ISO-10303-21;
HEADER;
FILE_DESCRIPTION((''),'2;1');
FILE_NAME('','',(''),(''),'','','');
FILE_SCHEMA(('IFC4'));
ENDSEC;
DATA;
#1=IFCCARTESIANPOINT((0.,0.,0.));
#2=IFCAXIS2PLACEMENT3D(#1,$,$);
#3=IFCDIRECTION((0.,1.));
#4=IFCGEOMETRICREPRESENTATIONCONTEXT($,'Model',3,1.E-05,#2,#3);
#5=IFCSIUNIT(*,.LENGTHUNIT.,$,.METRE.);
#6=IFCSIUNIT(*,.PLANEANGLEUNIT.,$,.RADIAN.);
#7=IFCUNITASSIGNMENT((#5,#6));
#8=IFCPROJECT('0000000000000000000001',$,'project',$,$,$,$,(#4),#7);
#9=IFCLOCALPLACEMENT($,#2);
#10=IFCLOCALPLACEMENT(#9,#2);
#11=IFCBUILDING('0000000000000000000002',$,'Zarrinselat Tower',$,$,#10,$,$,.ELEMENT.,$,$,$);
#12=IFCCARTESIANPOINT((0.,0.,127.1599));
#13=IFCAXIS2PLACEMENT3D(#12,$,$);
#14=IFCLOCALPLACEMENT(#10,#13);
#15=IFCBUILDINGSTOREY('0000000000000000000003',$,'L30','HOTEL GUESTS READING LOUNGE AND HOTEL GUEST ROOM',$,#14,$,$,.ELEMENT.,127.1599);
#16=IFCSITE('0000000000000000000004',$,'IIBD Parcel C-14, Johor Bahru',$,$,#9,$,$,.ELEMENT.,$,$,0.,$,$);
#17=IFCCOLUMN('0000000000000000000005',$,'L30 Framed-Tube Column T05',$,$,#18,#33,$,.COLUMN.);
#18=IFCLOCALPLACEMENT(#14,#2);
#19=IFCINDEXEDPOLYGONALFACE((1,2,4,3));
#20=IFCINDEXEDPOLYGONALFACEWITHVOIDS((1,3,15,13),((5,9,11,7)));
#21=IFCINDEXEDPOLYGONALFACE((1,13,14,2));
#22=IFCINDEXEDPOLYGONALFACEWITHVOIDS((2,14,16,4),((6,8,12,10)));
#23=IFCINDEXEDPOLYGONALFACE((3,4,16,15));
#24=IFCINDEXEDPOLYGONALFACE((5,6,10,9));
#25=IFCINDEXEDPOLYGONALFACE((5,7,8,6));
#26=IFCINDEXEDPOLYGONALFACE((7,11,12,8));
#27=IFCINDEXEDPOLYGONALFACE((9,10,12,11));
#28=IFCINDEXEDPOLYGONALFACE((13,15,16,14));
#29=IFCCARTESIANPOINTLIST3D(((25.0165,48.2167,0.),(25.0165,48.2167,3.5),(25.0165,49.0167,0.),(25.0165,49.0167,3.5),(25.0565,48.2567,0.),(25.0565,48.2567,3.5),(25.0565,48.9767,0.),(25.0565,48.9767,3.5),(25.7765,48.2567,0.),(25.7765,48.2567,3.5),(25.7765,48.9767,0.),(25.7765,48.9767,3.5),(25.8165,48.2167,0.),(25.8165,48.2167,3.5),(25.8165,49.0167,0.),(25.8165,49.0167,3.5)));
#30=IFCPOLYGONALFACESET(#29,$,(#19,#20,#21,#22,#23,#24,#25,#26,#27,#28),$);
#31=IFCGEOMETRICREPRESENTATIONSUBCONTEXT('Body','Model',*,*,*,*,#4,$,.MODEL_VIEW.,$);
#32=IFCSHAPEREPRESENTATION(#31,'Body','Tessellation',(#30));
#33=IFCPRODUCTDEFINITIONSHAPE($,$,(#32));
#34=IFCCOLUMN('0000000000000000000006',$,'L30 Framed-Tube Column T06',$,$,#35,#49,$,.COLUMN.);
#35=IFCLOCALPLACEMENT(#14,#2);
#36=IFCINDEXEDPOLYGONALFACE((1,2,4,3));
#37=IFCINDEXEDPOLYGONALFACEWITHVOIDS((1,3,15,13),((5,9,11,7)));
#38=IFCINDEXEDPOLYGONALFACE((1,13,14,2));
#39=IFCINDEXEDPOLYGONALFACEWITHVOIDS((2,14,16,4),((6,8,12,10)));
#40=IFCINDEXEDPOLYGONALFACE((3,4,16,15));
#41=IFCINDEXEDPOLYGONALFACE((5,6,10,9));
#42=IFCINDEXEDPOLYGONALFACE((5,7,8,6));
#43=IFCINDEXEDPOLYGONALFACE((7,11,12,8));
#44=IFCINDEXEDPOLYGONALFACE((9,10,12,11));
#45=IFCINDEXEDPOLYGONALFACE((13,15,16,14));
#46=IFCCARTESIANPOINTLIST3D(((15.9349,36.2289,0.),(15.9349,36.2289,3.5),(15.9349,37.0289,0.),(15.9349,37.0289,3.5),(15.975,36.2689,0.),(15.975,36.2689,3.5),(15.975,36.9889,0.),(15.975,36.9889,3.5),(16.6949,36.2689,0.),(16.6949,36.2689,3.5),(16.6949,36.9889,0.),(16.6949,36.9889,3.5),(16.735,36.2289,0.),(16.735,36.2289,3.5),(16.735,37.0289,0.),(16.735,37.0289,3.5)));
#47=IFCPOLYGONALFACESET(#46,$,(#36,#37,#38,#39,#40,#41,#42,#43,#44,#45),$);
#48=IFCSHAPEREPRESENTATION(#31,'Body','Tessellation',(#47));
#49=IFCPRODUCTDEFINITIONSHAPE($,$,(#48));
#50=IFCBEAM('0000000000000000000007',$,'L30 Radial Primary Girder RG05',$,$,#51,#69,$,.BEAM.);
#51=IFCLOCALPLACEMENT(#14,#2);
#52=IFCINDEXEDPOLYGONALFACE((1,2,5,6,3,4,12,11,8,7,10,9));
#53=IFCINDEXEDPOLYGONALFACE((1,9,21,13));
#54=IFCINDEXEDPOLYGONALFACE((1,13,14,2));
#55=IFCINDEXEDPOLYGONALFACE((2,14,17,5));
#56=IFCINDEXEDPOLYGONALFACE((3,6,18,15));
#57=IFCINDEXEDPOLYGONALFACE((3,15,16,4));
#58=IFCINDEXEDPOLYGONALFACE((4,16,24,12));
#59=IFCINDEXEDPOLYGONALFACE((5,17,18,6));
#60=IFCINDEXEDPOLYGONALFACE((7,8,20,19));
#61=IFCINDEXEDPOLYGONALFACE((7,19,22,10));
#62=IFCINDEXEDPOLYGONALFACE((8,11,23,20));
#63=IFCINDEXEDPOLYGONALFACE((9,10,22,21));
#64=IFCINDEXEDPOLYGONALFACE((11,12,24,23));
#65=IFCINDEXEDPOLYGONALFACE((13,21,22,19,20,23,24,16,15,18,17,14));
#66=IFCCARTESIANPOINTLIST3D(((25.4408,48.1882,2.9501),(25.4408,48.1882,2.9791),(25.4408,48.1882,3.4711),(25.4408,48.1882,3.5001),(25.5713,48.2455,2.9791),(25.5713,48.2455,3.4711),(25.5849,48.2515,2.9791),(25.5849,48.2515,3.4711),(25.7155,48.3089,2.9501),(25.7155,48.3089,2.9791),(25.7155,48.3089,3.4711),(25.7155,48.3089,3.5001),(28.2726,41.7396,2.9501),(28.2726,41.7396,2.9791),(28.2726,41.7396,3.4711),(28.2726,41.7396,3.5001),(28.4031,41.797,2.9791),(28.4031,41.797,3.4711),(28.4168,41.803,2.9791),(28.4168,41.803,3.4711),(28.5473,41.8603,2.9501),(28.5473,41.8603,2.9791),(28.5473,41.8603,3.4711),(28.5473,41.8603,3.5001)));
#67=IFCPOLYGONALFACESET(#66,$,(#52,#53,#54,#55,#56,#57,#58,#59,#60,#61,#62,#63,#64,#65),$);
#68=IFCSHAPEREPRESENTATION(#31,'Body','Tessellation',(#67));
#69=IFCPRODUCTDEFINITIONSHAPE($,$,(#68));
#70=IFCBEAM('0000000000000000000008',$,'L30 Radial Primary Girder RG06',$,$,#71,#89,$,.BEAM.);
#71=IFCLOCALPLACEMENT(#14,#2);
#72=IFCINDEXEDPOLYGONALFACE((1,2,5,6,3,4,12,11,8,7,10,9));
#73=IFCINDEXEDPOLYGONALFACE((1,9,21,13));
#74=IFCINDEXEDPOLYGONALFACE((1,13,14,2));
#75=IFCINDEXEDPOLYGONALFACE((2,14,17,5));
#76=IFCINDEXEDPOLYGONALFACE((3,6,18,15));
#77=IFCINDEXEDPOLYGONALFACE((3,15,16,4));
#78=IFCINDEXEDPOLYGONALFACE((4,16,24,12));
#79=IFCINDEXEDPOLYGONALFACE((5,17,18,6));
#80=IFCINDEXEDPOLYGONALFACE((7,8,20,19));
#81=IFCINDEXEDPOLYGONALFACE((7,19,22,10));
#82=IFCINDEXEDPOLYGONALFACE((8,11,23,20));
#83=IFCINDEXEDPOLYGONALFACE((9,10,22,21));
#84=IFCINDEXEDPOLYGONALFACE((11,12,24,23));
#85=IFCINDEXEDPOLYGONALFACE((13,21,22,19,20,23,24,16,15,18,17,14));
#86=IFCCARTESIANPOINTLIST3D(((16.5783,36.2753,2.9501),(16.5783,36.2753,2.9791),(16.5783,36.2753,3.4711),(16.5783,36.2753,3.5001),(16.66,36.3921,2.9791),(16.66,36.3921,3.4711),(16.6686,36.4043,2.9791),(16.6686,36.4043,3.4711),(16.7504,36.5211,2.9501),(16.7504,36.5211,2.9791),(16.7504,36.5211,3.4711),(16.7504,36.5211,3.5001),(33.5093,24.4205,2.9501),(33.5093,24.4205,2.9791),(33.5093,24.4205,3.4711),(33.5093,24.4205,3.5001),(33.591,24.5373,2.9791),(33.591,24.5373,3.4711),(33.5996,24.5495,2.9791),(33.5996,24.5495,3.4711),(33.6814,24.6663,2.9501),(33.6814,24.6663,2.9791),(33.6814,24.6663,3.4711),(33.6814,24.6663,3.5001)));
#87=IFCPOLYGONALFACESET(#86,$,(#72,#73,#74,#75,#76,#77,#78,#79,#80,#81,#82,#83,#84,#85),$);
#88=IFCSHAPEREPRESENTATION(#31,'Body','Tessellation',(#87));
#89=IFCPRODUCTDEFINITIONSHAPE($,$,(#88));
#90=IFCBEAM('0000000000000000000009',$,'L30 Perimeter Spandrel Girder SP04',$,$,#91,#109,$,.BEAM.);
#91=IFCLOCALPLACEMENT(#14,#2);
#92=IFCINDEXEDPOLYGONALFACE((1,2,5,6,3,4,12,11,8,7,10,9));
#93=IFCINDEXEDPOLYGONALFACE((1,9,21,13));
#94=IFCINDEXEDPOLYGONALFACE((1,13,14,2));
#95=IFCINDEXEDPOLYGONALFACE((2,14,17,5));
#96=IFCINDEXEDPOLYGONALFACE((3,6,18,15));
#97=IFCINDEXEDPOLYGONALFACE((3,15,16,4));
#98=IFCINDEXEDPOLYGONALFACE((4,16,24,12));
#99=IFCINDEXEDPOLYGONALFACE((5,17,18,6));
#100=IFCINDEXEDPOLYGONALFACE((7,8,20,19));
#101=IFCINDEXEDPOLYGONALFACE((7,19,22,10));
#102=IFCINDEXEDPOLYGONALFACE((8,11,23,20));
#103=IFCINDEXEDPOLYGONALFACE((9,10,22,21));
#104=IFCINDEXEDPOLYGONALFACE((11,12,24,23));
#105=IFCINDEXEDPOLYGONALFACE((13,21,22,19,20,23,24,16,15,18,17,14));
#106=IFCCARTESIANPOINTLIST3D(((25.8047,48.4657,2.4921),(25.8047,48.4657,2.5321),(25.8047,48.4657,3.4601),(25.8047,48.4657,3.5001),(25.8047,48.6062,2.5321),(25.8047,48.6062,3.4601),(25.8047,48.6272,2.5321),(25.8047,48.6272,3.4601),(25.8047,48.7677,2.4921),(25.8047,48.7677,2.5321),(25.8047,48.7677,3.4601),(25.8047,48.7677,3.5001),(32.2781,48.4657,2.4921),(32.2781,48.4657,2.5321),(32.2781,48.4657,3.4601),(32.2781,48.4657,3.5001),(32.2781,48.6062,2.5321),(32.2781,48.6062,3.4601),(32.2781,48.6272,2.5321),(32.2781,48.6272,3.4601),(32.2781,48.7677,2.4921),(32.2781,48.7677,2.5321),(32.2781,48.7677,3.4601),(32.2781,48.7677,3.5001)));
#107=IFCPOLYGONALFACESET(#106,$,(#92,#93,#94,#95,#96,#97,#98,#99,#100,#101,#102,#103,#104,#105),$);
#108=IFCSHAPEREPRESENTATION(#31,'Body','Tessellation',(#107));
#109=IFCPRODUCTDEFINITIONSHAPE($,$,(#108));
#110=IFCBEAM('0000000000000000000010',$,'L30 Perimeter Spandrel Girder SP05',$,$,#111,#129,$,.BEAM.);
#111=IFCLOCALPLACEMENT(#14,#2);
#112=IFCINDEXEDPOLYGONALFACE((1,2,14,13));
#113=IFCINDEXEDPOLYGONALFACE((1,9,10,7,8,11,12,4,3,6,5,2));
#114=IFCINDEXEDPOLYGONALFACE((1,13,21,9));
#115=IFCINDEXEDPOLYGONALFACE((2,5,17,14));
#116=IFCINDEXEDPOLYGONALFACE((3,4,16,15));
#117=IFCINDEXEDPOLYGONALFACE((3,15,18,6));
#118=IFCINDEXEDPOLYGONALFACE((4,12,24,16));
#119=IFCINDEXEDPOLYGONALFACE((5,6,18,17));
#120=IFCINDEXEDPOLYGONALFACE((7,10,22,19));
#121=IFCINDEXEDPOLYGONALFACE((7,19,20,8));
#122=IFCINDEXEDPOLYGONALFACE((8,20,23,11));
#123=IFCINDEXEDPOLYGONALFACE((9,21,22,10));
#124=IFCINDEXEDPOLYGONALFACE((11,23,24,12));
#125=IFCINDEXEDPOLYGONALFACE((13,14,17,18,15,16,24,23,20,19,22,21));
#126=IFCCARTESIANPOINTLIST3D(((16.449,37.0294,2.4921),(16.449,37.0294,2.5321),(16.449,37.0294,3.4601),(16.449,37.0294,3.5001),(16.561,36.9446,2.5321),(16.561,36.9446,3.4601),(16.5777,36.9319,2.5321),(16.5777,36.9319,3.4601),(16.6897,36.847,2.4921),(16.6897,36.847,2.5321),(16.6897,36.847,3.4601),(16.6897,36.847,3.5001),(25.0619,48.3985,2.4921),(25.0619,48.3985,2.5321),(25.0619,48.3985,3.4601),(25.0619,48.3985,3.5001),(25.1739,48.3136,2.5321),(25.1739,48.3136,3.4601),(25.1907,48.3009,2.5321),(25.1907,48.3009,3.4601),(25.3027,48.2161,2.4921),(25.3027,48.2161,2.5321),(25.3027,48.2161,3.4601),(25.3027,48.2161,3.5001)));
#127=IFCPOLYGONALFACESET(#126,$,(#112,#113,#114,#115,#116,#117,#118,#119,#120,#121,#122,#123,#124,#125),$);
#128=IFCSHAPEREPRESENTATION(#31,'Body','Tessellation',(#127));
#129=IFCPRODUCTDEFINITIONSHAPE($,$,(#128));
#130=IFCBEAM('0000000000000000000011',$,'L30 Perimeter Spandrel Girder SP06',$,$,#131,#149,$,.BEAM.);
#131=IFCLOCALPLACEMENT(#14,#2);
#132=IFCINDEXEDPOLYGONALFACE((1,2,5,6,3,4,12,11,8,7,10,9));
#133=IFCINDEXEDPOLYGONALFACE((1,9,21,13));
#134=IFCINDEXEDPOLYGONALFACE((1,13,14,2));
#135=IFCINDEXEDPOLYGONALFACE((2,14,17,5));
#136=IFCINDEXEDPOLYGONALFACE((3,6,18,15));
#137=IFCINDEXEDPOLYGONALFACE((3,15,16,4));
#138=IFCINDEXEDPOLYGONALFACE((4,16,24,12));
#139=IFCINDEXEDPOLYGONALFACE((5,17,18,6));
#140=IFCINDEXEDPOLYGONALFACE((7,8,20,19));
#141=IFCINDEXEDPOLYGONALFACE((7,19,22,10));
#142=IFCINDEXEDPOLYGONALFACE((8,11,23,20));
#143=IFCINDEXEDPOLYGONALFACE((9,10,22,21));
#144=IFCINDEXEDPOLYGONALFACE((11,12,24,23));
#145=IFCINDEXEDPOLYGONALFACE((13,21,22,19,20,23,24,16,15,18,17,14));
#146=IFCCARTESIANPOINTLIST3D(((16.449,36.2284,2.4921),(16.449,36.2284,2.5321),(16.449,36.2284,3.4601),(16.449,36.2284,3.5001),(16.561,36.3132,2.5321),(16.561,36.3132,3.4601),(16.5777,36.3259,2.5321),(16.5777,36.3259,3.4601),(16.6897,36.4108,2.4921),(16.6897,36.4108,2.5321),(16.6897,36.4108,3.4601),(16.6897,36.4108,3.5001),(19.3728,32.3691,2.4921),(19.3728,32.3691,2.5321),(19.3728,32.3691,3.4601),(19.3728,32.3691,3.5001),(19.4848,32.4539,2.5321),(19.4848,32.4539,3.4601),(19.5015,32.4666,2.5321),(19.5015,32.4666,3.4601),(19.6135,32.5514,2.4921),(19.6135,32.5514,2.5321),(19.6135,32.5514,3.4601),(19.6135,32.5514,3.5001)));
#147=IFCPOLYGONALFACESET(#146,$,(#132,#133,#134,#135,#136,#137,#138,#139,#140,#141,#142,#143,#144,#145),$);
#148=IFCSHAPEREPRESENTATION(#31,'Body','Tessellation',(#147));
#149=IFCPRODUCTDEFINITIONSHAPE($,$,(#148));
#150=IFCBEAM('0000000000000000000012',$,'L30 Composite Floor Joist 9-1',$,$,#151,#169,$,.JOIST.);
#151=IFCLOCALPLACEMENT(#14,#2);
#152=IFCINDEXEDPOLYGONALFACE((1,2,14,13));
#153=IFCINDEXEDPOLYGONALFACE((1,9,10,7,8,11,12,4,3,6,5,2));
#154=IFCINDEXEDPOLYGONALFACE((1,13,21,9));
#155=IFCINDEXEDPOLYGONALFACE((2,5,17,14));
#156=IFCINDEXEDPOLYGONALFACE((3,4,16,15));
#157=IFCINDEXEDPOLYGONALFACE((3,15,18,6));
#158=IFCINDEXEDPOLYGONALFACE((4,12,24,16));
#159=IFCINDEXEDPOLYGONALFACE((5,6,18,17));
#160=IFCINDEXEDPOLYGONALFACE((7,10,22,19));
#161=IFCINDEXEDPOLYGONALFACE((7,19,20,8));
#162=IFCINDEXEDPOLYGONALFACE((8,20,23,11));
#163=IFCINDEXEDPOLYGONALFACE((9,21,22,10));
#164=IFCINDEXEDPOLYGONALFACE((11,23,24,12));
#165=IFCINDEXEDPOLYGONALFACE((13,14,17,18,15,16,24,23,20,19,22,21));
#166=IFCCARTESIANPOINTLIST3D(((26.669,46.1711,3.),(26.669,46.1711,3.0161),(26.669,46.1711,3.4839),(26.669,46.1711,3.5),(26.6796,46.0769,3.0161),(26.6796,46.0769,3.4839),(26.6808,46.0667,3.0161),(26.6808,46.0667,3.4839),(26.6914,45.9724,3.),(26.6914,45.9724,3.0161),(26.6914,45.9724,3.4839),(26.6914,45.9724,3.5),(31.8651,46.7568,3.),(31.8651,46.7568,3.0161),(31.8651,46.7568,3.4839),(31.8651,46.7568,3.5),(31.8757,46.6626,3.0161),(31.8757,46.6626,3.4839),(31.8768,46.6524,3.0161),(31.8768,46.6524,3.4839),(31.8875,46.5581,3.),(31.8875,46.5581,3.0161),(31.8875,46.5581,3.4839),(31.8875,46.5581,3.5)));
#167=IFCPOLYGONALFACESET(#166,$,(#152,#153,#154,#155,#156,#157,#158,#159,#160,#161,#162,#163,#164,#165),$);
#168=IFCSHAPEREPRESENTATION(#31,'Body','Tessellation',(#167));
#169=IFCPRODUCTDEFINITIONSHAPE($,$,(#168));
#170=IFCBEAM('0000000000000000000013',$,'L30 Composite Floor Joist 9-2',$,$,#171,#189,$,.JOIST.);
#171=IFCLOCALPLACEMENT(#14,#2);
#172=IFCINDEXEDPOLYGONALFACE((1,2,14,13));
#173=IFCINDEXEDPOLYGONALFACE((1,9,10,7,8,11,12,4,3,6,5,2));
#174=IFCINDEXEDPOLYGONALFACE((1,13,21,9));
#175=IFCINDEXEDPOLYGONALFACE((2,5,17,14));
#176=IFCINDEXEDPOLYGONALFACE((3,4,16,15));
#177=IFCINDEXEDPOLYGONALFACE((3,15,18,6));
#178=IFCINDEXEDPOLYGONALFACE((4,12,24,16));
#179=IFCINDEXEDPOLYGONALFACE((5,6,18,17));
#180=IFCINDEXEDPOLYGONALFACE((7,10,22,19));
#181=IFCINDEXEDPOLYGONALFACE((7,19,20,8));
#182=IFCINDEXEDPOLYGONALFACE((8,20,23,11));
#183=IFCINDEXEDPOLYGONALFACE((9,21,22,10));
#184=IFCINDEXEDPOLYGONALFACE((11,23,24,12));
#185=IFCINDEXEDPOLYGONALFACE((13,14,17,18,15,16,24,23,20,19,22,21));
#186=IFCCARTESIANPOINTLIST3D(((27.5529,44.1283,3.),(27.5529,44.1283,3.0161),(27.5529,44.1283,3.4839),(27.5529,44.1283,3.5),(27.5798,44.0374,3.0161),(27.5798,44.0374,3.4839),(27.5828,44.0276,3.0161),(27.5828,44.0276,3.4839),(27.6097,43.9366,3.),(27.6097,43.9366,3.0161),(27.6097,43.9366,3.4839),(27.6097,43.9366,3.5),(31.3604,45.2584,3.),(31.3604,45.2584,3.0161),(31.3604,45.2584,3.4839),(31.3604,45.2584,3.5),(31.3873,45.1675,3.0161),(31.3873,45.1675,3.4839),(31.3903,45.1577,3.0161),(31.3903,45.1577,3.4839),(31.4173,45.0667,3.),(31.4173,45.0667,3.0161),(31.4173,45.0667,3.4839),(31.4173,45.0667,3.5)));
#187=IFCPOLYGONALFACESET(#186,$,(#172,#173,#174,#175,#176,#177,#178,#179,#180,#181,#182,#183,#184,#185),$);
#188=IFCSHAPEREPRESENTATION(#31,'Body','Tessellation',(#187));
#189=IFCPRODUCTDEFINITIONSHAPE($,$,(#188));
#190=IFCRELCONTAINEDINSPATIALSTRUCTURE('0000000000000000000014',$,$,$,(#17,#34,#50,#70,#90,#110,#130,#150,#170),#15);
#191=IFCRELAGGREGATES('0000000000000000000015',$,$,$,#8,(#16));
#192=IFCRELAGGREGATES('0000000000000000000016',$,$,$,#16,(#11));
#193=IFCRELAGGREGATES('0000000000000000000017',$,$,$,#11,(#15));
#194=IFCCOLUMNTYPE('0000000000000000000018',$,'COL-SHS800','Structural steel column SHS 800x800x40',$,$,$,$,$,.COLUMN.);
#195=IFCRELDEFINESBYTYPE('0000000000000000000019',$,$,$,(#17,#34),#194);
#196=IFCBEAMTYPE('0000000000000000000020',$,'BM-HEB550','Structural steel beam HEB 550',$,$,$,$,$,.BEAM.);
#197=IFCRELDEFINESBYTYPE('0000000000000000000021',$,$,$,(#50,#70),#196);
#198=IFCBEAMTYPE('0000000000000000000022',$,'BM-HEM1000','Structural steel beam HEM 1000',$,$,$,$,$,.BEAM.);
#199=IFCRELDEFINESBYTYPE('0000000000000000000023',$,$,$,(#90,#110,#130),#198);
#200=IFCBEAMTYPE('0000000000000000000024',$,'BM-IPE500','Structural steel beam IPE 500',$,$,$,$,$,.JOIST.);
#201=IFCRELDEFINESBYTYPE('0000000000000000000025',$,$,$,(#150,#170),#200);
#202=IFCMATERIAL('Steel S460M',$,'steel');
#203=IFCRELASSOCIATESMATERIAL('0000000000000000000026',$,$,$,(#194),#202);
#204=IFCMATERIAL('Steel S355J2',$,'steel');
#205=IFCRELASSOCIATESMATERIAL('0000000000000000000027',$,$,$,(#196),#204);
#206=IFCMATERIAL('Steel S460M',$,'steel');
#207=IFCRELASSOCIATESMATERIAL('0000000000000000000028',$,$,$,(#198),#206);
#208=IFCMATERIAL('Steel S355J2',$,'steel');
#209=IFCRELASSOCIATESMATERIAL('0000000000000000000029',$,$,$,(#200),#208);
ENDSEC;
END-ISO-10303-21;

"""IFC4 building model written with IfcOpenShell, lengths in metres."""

from ifc_helpers import new_model, si_unit, direction, frame, origin, origin_2d, place, context, subcontext, project, spatial, hollow_rectangle, i_section, extrude, material, material_profile, profile_set, type_object, element, save


model = new_model("IFC4")

# Units and contexts
model_context = context("Model", 3, precision=1e-05, world=origin(), true_north=direction((0.0, 1.0)))
body_context = subcontext(model_context, "Body", "Model", "MODEL_VIEW")
ifc_project = project(units=[si_unit("LENGTHUNIT", "METRE"), si_unit("PLANEANGLEUNIT", "RADIAN")], contexts=[model_context])

# Site, building, storey
site_placement = place(None, origin())
site = spatial("IfcSite", under=ifc_project, at=site_placement, Name="IIBD Parcel C-14, Johor Bahru", CompositionType="ELEMENT", RefElevation=0.0)
building_placement = place(site_placement, origin())
building = spatial("IfcBuilding", under=site, at=building_placement, Name="Zarrinselat Tower", CompositionType="ELEMENT")
storey_placement = place(building_placement, frame((0.0, 0.0, 127.1599)))
storey = spatial("IfcBuildingStorey", under=building, at=storey_placement, Name="L30", Description="HOTEL GUESTS READING LOUNGE AND HOTEL GUEST ROOM", CompositionType="ELEMENT", Elevation=127.1599)

# Columns
ifc_material_1 = material(Name="Steel S460M", Category="steel")
ifc_material_profile_1 = material_profile(ifc_material_1, hollow_rectangle(XDim=0.8, YDim=0.8, WallThickness=0.04, at=origin_2d()), Name="SHS 800x800x40")
ifc_profile_set_1 = profile_set([ifc_material_profile_1], Name="Steel S460M")
column_type = type_object("IfcColumnType", Name="COL-SHS800", Description="Structural steel column SHS 800x800x40", PredefinedType="COLUMN", material=ifc_profile_set_1)
for number, where, z_axis, x_axis, name in (
    (1, (25.4165, 48.6167, 0.0), (0.0, 0.0, 1.0), (1.0, 0.0, 0.0), "L30 Framed-Tube Column T05"),
    (2, (16.335, 36.6289, 0.0), (0.0, 0.0, 1.0), (1.0, 0.0, 0.0), "L30 Framed-Tube Column T06"),
):
    element("IfcColumn", number, at=place(storey_placement, frame(where, z_axis=z_axis, x_axis=x_axis)), inside=storey, type_object=column_type, Name=name, PredefinedType="COLUMN", context=body_context, shape_type="SweptSolid", body=[
        extrude(hollow_rectangle(XDim=0.8, YDim=0.8, WallThickness=0.04, at=origin_2d()), origin(), (0.0, 0.0, 1.0), 3.5),
    ])

# Beams
ifc_material_2 = material(Name="Steel S355J2", Category="steel")
ifc_material_profile_2 = material_profile(ifc_material_2, i_section(OverallWidth=0.3, OverallDepth=0.55, WebThickness=0.0149, FlangeThickness=0.0291, at=origin_2d()), Name="HEB 550")
ifc_profile_set_2 = profile_set([ifc_material_profile_2], Name="Steel S355J2")
beam_type_1 = type_object("IfcBeamType", Name="BM-HEB550", Description="Structural steel beam HEB 550", PredefinedType="BEAM", material=ifc_profile_set_2)
beam_1_placement = place(storey_placement, frame((25.5781, 48.2485, 3.2251), z_axis=(0.402079, -0.915605, 0.0), x_axis=(0.915605, 0.402079, 0.0)))
element("IfcBeam", 3, at=beam_1_placement, inside=storey, type_object=beam_type_1, Name="L30 Radial Primary Girder RG05", PredefinedType="BEAM", context=body_context, shape_type="SweptSolid", body=[
    extrude(i_section(OverallWidth=0.3, OverallDepth=0.55, WebThickness=0.0149, FlangeThickness=0.0291, at=origin_2d()), origin(), (0.0, 0.0, 1.0), 7.043),
])
beam_2_placement = place(storey_placement, frame((16.6643, 36.3982, 3.2251), z_axis=(0.819161, -0.573563, 0.0), x_axis=(0.573563, 0.819161, 0.0)))
element("IfcBeam", 4, at=beam_2_placement, inside=storey, type_object=beam_type_1, Name="L30 Radial Primary Girder RG06", PredefinedType="BEAM", context=body_context, shape_type="SweptSolid", body=[
    extrude(i_section(OverallWidth=0.3, OverallDepth=0.55, WebThickness=0.0149, FlangeThickness=0.0291, at=origin_2d()), origin(), (0.0, 0.0, 1.0), 20.6687),
])
ifc_material_3 = material(Name="Steel S460M", Category="steel")
ifc_material_profile_3 = material_profile(ifc_material_3, i_section(OverallWidth=0.302, OverallDepth=1.0081, WebThickness=0.021, FlangeThickness=0.04, at=origin_2d()), Name="HEM 1000")
ifc_profile_set_3 = profile_set([ifc_material_profile_3], Name="Steel S460M")
beam_type_2 = type_object("IfcBeamType", Name="BM-HEM1000", Description="Structural steel beam HEM 1000", PredefinedType="BEAM", material=ifc_profile_set_3)
beam_3_placement = place(storey_placement, frame((25.8047, 48.6167, 2.9961), z_axis=(1.0, 0.0, 0.0), x_axis=(0.0, 1.0, 0.0)))
element("IfcBeam", 5, at=beam_3_placement, inside=storey, type_object=beam_type_2, Name="L30 Perimeter Spandrel Girder SP04", PredefinedType="BEAM", context=body_context, shape_type="SweptSolid", body=[
    extrude(i_section(OverallWidth=0.302, OverallDepth=1.0081, WebThickness=0.021, FlangeThickness=0.04, at=origin_2d()), origin(), (0.0, 0.0, 1.0), 6.4734),
])
beam_4_placement = place(storey_placement, frame((16.5693, 36.9382, 2.9961), z_axis=(0.60386, 0.79709, 0.0), x_axis=(-0.79709, 0.60386, 0.0)))
element("IfcBeam", 6, at=beam_4_placement, inside=storey, type_object=beam_type_2, Name="L30 Perimeter Spandrel Girder SP05", PredefinedType="BEAM", context=body_context, shape_type="SweptSolid", body=[
    extrude(i_section(OverallWidth=0.302, OverallDepth=1.0081, WebThickness=0.021, FlangeThickness=0.04, at=origin_2d()), origin(), (0.0, 0.0, 1.0), 14.2632),
])
beam_5_placement = place(storey_placement, frame((16.5693, 36.3196, 2.9961), z_axis=(0.603865, -0.797086, 0.0), x_axis=(0.797086, 0.603865, 0.0)))
element("IfcBeam", 7, at=beam_5_placement, inside=storey, type_object=beam_type_2, Name="L30 Perimeter Spandrel Girder SP06", PredefinedType="BEAM", context=body_context, shape_type="SweptSolid", body=[
    extrude(i_section(OverallWidth=0.302, OverallDepth=1.0081, WebThickness=0.021, FlangeThickness=0.04, at=origin_2d()), origin(), (0.0, 0.0, 1.0), 4.8418),
])
ifc_material_4 = material(Name="Steel S355J2", Category="steel")
ifc_material_profile_4 = material_profile(ifc_material_4, i_section(OverallWidth=0.2, OverallDepth=0.5, WebThickness=0.0103, FlangeThickness=0.0161, at=origin_2d()), Name="IPE 500")
ifc_profile_set_4 = profile_set([ifc_material_profile_4], Name="Steel S355J2")
beam_type_3 = type_object("IfcBeamType", Name="BM-IPE500", Description="Structural steel beam IPE 500", PredefinedType="JOIST", material=ifc_profile_set_4)
beam_6_placement = place(storey_placement, frame((26.6802, 46.0718, 3.25), z_axis=(0.993707, 0.11201, 0.0), x_axis=(-0.11201, 0.993707, 0.0)))
element("IfcBeam", 8, at=beam_6_placement, inside=storey, type_object=beam_type_3, Name="L30 Composite Floor Joist 9-1", PredefinedType="JOIST", context=body_context, shape_type="SweptSolid", body=[
    extrude(i_section(OverallWidth=0.2, OverallDepth=0.5, WebThickness=0.0103, FlangeThickness=0.0161, at=origin_2d()), origin(), (0.0, 0.0, 1.0), 5.229),
])
beam_7_placement = place(storey_placement, frame((27.5813, 44.0325, 3.25), z_axis=(0.958665, 0.284538, 0.0), x_axis=(-0.284538, 0.958665, 0.0)))
element("IfcBeam", 9, at=beam_7_placement, inside=storey, type_object=beam_type_3, Name="L30 Composite Floor Joist 9-2", PredefinedType="JOIST", context=body_context, shape_type="SweptSolid", body=[
    extrude(i_section(OverallWidth=0.2, OverallDepth=0.5, WebThickness=0.0103, FlangeThickness=0.0161, at=origin_2d()), origin(), (0.0, 0.0, 1.0), 3.9717),
])

save(model, "model.ifc")
